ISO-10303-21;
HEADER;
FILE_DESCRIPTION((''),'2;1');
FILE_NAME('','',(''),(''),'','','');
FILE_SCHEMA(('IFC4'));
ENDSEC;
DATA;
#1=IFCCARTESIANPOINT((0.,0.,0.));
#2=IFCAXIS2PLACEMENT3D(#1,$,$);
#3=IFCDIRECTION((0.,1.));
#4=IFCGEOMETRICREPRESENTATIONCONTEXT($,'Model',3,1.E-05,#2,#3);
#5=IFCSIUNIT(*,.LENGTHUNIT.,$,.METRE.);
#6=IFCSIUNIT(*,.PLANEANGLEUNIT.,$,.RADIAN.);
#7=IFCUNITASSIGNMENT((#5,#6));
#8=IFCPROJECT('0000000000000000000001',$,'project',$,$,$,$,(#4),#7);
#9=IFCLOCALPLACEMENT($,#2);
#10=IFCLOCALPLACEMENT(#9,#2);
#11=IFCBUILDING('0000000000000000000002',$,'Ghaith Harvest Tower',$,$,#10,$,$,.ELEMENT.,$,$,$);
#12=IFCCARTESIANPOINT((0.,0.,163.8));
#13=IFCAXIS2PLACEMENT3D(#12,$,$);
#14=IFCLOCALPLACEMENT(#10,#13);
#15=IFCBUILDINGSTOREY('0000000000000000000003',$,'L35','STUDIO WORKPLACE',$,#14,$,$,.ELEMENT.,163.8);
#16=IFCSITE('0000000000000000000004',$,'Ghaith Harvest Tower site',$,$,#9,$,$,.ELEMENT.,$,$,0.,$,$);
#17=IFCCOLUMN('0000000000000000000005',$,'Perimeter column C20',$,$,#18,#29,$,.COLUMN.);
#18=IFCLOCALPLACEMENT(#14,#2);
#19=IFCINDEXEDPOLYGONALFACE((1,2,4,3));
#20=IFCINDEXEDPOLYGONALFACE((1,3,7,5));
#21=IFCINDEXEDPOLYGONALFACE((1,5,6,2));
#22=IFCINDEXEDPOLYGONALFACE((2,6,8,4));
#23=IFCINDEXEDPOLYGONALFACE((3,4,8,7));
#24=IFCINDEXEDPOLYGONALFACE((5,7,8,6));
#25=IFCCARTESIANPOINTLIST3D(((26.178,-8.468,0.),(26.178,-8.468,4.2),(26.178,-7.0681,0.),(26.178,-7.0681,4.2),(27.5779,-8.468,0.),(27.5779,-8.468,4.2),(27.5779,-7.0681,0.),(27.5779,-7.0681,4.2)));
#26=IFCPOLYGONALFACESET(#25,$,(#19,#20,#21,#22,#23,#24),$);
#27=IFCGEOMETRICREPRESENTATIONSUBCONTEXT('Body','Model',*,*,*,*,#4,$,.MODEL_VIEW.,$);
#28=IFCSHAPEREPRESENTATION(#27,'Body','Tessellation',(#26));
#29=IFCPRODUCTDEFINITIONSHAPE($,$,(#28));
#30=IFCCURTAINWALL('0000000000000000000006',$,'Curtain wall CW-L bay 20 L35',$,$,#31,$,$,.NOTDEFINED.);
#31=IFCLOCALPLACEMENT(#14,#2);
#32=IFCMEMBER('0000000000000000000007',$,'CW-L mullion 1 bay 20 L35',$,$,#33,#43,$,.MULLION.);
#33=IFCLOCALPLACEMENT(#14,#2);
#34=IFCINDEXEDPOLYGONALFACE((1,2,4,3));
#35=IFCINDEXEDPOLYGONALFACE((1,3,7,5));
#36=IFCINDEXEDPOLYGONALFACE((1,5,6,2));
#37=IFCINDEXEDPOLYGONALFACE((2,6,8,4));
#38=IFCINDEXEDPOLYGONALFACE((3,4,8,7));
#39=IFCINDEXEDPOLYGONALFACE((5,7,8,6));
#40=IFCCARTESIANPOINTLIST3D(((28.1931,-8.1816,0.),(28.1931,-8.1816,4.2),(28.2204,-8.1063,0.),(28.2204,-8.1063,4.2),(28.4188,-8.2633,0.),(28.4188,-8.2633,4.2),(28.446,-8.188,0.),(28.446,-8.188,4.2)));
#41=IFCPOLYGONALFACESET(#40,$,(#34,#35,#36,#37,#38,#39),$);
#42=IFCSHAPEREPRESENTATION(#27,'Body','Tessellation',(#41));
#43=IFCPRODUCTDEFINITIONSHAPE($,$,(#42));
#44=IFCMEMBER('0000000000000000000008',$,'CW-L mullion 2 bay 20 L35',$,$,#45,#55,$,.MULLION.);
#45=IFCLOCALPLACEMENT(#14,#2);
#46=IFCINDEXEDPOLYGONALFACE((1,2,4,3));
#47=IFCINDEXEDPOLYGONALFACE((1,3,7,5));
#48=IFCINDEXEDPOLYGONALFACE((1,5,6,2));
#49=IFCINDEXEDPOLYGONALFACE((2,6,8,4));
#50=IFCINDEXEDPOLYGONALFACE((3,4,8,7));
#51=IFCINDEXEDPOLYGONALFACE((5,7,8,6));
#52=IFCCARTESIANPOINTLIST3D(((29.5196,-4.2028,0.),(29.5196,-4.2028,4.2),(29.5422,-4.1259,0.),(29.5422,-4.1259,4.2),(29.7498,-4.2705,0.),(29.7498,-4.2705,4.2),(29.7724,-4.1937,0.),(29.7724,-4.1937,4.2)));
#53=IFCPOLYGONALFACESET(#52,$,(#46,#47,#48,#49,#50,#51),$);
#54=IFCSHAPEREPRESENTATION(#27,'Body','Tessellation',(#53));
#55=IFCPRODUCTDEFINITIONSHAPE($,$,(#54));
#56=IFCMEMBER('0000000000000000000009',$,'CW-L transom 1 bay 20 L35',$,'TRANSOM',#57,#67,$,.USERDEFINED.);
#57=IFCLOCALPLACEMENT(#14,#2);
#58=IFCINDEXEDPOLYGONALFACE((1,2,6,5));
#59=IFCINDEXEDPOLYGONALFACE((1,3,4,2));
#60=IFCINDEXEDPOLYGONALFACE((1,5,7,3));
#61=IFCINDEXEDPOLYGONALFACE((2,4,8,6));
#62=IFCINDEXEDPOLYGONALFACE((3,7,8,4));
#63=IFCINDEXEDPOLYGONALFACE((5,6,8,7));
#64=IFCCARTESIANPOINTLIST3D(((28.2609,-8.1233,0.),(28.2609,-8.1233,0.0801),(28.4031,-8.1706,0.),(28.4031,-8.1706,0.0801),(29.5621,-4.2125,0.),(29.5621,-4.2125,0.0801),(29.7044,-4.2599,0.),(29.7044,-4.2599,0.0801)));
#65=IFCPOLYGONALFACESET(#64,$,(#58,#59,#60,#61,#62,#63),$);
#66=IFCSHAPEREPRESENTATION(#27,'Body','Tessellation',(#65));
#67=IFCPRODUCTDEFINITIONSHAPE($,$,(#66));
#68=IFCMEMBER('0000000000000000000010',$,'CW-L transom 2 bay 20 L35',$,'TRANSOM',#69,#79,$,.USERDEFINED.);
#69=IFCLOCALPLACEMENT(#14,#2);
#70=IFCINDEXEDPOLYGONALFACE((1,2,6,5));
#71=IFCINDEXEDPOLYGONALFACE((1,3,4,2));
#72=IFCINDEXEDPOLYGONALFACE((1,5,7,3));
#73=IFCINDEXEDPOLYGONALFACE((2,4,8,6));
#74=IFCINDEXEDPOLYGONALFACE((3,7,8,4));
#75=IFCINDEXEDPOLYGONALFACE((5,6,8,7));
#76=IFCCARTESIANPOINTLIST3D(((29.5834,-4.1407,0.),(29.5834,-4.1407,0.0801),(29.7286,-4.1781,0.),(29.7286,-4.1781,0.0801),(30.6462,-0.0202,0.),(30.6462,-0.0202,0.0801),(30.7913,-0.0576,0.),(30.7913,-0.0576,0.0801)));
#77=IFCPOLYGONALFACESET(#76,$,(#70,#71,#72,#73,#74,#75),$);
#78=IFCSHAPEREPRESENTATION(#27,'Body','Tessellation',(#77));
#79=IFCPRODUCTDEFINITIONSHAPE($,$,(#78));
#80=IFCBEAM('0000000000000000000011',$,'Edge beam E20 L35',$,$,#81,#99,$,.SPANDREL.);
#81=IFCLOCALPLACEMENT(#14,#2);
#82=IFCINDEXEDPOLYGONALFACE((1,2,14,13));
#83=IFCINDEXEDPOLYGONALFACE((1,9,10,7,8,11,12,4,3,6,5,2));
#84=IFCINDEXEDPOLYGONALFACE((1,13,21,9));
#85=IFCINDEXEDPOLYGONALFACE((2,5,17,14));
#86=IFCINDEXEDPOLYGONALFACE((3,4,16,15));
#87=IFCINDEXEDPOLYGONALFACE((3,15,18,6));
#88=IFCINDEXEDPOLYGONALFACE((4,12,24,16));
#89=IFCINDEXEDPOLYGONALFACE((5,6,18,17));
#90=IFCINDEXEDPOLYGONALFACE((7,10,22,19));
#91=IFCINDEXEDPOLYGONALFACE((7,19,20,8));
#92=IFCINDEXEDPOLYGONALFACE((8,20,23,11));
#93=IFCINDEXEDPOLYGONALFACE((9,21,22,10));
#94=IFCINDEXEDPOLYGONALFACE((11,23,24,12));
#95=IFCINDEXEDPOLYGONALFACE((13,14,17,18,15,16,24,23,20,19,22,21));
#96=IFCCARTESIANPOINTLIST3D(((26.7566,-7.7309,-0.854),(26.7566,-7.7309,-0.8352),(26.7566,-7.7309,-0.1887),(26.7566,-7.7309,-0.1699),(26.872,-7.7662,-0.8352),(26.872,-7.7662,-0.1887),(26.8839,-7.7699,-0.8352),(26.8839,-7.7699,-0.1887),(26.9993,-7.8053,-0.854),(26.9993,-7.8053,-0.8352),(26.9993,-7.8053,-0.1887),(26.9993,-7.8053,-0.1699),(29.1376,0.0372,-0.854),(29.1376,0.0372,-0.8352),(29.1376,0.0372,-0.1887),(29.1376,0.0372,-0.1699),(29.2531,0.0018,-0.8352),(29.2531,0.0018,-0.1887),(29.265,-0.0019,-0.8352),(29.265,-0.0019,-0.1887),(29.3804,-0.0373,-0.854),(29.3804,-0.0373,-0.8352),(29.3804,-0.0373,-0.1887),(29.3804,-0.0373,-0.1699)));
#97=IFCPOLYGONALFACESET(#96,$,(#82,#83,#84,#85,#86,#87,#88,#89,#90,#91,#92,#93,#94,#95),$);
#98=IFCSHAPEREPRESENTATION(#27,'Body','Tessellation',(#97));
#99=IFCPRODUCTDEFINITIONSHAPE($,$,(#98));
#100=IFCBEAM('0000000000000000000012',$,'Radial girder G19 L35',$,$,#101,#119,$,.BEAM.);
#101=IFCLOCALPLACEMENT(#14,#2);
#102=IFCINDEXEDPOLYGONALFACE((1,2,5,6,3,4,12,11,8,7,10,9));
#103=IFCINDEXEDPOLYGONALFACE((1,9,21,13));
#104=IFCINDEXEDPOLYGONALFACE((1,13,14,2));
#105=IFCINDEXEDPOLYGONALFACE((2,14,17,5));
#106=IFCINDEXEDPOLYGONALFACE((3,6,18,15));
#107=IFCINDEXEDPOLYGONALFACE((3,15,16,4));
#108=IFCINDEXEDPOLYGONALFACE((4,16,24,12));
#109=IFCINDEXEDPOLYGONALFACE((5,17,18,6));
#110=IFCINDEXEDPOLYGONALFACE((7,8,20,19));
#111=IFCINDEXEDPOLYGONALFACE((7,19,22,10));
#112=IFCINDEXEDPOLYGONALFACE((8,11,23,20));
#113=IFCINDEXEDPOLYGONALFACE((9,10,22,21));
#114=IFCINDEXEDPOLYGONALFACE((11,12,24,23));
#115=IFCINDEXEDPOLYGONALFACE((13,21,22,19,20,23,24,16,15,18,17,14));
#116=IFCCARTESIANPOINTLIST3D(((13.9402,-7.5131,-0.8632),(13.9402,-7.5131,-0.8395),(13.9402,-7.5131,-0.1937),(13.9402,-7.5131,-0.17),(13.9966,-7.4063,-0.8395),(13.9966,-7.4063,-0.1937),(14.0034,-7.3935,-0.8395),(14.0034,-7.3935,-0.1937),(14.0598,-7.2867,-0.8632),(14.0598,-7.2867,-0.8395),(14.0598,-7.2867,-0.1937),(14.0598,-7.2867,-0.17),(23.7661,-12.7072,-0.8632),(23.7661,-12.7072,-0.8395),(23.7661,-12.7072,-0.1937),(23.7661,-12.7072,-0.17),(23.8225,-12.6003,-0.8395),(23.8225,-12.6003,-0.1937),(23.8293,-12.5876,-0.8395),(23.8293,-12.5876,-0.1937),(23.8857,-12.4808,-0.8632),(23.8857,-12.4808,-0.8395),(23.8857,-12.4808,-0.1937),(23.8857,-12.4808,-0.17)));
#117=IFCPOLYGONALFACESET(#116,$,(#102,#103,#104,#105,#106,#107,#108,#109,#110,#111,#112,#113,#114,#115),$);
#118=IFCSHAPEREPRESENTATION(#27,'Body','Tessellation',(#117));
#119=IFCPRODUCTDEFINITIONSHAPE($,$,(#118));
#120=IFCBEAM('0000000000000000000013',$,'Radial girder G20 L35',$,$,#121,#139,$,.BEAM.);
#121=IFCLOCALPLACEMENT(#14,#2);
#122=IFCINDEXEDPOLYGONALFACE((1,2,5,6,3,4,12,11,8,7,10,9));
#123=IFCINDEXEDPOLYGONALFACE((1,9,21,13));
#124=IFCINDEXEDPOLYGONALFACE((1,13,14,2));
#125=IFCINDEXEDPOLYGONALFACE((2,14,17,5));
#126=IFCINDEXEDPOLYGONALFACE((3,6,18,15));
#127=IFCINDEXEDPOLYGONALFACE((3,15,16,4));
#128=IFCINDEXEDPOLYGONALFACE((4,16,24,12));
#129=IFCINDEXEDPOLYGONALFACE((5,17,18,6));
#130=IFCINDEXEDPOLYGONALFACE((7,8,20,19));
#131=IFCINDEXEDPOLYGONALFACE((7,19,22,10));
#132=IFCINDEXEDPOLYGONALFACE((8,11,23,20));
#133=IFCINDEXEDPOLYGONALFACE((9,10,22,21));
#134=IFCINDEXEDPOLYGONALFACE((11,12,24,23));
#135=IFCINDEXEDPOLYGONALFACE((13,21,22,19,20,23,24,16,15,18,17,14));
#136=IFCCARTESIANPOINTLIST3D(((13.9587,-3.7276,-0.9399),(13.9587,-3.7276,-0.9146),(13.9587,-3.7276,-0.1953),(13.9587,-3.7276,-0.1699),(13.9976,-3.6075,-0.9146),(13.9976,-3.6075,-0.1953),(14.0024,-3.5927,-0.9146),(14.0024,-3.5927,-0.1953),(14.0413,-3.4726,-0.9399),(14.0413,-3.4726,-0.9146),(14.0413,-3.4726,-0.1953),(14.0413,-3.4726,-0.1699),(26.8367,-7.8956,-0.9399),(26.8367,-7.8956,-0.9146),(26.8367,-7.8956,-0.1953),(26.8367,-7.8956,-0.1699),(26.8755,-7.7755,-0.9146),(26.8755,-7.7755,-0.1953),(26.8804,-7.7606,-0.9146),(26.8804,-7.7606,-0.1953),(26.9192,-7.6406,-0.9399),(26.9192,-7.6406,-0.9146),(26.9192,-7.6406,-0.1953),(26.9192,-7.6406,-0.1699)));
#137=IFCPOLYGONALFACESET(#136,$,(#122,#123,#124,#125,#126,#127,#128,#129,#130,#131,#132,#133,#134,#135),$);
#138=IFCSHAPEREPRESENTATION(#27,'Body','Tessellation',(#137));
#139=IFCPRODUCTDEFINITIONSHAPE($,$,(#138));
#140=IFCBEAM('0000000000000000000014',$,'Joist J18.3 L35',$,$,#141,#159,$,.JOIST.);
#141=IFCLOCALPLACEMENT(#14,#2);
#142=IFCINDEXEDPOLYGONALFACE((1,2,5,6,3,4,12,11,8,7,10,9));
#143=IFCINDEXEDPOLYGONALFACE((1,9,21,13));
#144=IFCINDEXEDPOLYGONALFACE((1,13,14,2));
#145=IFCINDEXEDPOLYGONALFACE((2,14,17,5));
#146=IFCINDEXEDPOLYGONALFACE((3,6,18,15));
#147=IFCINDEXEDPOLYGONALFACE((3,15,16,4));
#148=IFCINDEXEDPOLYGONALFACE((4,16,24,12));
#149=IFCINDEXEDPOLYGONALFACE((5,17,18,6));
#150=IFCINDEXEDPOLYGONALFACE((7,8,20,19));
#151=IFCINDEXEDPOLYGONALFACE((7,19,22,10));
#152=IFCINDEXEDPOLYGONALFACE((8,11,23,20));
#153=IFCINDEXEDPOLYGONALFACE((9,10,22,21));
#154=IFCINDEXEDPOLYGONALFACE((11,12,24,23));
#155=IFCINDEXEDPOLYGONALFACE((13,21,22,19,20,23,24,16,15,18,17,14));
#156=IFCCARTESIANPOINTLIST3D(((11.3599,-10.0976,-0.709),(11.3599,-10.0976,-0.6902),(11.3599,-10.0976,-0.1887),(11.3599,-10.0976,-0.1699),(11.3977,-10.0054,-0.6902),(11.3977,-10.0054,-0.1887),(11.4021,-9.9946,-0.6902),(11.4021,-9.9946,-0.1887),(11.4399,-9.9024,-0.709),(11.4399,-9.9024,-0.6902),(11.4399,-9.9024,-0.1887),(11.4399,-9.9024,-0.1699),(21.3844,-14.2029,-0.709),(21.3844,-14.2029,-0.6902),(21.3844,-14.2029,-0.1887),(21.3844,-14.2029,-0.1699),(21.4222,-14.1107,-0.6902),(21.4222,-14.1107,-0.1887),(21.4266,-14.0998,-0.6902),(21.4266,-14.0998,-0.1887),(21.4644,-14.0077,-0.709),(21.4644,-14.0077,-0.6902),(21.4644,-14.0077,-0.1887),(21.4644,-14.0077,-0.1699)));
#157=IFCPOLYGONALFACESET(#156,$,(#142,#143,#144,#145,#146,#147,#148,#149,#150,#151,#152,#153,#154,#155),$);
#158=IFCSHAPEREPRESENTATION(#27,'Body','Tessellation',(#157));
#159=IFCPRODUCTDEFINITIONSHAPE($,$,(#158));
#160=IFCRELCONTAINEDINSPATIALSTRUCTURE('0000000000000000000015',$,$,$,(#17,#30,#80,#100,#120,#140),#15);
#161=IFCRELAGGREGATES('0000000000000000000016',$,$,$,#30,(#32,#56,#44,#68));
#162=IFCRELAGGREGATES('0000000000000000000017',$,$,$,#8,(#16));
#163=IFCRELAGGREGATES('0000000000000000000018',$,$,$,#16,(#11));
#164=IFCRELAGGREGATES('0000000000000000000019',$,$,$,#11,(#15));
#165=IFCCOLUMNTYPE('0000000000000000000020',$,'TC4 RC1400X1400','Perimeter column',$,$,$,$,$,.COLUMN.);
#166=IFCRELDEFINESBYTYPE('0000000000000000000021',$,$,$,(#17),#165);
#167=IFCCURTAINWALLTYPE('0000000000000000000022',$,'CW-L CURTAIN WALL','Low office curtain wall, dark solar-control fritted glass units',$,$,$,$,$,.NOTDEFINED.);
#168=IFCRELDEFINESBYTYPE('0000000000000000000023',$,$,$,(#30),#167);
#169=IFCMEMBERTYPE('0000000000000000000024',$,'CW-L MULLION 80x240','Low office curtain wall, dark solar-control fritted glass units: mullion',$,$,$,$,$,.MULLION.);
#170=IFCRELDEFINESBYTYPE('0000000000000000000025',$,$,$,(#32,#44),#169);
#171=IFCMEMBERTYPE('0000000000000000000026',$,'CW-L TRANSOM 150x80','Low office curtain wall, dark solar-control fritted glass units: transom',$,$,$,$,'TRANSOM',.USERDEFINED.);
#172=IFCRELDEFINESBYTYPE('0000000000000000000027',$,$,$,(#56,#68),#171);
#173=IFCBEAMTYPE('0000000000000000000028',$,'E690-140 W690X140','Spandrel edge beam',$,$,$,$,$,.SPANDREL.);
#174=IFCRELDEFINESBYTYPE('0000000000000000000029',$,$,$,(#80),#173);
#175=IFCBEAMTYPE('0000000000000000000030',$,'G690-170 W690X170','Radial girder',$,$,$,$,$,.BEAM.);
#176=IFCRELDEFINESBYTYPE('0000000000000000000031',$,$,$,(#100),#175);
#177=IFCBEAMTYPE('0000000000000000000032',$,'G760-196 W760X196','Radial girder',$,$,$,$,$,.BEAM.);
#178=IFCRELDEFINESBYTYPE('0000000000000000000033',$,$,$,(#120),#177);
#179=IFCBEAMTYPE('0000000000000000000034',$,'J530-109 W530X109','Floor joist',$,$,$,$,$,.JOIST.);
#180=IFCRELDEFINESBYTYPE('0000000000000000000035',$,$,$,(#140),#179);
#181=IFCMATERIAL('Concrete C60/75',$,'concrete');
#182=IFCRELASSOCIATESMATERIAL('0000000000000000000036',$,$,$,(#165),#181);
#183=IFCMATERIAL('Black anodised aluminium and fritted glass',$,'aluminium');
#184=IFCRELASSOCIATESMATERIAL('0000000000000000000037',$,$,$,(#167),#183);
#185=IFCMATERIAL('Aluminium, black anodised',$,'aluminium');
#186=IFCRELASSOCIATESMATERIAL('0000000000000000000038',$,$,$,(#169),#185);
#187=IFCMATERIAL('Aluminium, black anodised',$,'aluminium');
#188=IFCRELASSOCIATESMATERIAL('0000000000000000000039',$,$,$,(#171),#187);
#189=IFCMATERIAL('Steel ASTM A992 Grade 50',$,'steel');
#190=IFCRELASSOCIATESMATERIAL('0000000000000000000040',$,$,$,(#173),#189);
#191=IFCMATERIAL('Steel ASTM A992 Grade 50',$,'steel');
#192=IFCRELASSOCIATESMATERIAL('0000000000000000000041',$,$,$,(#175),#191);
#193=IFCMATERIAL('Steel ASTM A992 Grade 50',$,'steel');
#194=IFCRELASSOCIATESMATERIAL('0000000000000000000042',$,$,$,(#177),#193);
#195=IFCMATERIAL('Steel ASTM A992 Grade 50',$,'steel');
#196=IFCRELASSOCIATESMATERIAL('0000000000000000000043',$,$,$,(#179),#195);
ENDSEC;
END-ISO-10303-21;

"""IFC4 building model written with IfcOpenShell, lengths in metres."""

from ifc_helpers import new_model, si_unit, direction, frame, origin, origin_2d, place, context, subcontext, project, spatial, rectangle, i_section, extrude, material, material_profile, profile_set, type_object, element, aggregate, save


model = new_model("IFC4")

# Units and contexts
model_context = context("Model", 3, precision=1e-05, world=origin(), true_north=direction((0.0, 1.0)))
body_context = subcontext(model_context, "Body", "Model", "MODEL_VIEW")
ifc_project = project(units=[si_unit("LENGTHUNIT", "METRE"), si_unit("PLANEANGLEUNIT", "RADIAN")], contexts=[model_context])

# Site, building, storey
site_placement = place(None, origin())
site = spatial("IfcSite", under=ifc_project, at=site_placement, Name="Ghaith Harvest Tower site", CompositionType="ELEMENT", RefElevation=0.0)
building_placement = place(site_placement, origin())
building = spatial("IfcBuilding", under=site, at=building_placement, Name="Ghaith Harvest Tower", CompositionType="ELEMENT")
storey_placement = place(building_placement, frame((0.0, 0.0, 163.8)))
storey = spatial("IfcBuildingStorey", under=building, at=storey_placement, Name="L35", Description="STUDIO WORKPLACE", CompositionType="ELEMENT", Elevation=163.8)

# Column
ifc_material_1 = material(Name="Concrete C60/75", Category="concrete")
ifc_material_profile_1 = material_profile(ifc_material_1, rectangle(XDim=1.3999, YDim=1.3999, at=origin_2d()), Name="RC1400X1400")
ifc_profile_set_1 = profile_set([ifc_material_profile_1], Name="Concrete C60/75")
column_type = type_object("IfcColumnType", Name="TC4 RC1400X1400", Description="Perimeter column", PredefinedType="COLUMN", material=ifc_profile_set_1)
column_placement = place(storey_placement, frame((26.8779, -7.7681, 0.0), z_axis=(0.0, 0.0, 1.0), x_axis=(1.0, 0.0, 0.0)))
element("IfcColumn", 1, at=column_placement, inside=storey, type_object=column_type, Name="Perimeter column C20", PredefinedType="COLUMN", context=body_context, shape_type="SweptSolid", body=[
    extrude(rectangle(XDim=1.3999, YDim=1.3999, at=origin_2d()), origin(), (0.0, 0.0, 1.0), 4.2),
])

# Curtain wall, members
ifc_material_2 = material(Name="Black anodised aluminium and fritted glass", Category="aluminium")
curtain_wall_type = type_object("IfcCurtainWallType", Name="CW-L CURTAIN WALL", Description="Low office curtain wall, dark solar-control fritted glass units", PredefinedType="NOTDEFINED", material=ifc_material_2)
curtain_wall_1_placement = place(storey_placement, origin())
curtain_wall_1 = element("IfcCurtainWall", 2, at=curtain_wall_1_placement, inside=storey, type_object=curtain_wall_type, Name="Curtain wall CW-L bay 20 L35", PredefinedType="NOTDEFINED")
ifc_material_3 = material(Name="Aluminium, black anodised", Category="aluminium")
ifc_material_profile_2 = material_profile(ifc_material_3, rectangle(XDim=0.0801, YDim=0.24, at=origin_2d()), Name="CW-L MULLION 80x240")
ifc_profile_set_2 = profile_set([ifc_material_profile_2], Name="Aluminium, black anodised")
member_type_1 = type_object("IfcMemberType", Name="CW-L MULLION 80x240", Description="Low office curtain wall, dark solar-control fritted glass units: mullion", PredefinedType="MULLION", material=ifc_profile_set_2)
member_1_placement = place(storey_placement, frame((28.3196, -8.1848, 0.0), z_axis=(0.0, 0.0, 1.0), x_axis=(0.340574, 0.940218, 0.0)))
member_1 = element("IfcMember", 3, at=member_1_placement, type_object=member_type_1, Name="CW-L mullion 1 bay 20 L35", PredefinedType="MULLION", context=body_context, shape_type="SweptSolid", body=[
    extrude(rectangle(XDim=0.0801, YDim=0.24, at=origin_2d()), origin(), (0.0, 0.0, 1.0), 4.2),
])
member_2_placement = place(storey_placement, frame((29.646, -4.1982, 0.0), z_axis=(0.0, 0.0, 1.0), x_axis=(0.282375, 0.959304, 0.0)))
member_2 = element("IfcMember", 4, at=member_2_placement, type_object=member_type_1, Name="CW-L mullion 2 bay 20 L35", PredefinedType="MULLION", context=body_context, shape_type="SweptSolid", body=[
    extrude(rectangle(XDim=0.0801, YDim=0.24, at=origin_2d()), origin(), (0.0, 0.0, 1.0), 4.2),
])
ifc_material_4 = material(Name="Aluminium, black anodised", Category="aluminium")
ifc_material_profile_3 = material_profile(ifc_material_4, rectangle(XDim=0.1499, YDim=0.0801, at=origin_2d()), Name="CW-L TRANSOM 150x80")
ifc_profile_set_3 = profile_set([ifc_material_profile_3], Name="Aluminium, black anodised")
member_type_2 = type_object("IfcMemberType", Name="CW-L TRANSOM 150x80", Description="Low office curtain wall, dark solar-control fritted glass units: transom", ElementType="TRANSOM", PredefinedType="USERDEFINED", material=ifc_profile_set_3)
member_3_placement = place(storey_placement, frame((28.332, -8.147, 0.04), z_axis=(0.315712, 0.948855, 0.0), x_axis=(-0.948855, 0.315712, 0.0)))
member_3 = element("IfcMember", 5, at=member_3_placement, type_object=member_type_2, Name="CW-L transom 1 bay 20 L35", ObjectType="TRANSOM", PredefinedType="USERDEFINED", context=body_context, shape_type="SweptSolid", body=[
    extrude(rectangle(XDim=0.1499, YDim=0.0801, at=origin_2d()), origin(), (0.0, 0.0, 1.0), 4.1216),
])
member_4_placement = place(storey_placement, frame((29.656, -4.1594, 0.04), z_axis=(0.249737, 0.968314, 0.0), x_axis=(-0.968314, 0.249737, 0.0)))
member_4 = element("IfcMember", 6, at=member_4_placement, type_object=member_type_2, Name="CW-L transom 2 bay 20 L35", ObjectType="TRANSOM", PredefinedType="USERDEFINED", context=body_context, shape_type="SweptSolid", body=[
    extrude(rectangle(XDim=0.1499, YDim=0.0801, at=origin_2d()), origin(), (0.0, 0.0, 1.0), 4.2554),
])

# Beams
ifc_material_5 = material(Name="Steel ASTM A992 Grade 50", Category="steel")
ifc_material_profile_4 = material_profile(ifc_material_5, i_section(OverallWidth=0.2539, OverallDepth=0.6841, WebThickness=0.0125, FlangeThickness=0.0188, at=origin_2d()), Name="W690X140")
ifc_profile_set_4 = profile_set([ifc_material_profile_4], Name="Steel ASTM A992 Grade 50")
beam_type_1 = type_object("IfcBeamType", Name="E690-140 W690X140", Description="Spandrel edge beam", PredefinedType="SPANDREL", material=ifc_profile_set_4)
beam_1_placement = place(storey_placement, frame((26.8779, -7.7681, -0.512), z_axis=(0.293066, 0.956092, 0.0), x_axis=(-0.956092, 0.293066, 0.0)))
element("IfcBeam", 7, at=beam_1_placement, inside=storey, type_object=beam_type_1, Name="Edge beam E20 L35", PredefinedType="SPANDREL", context=body_context, shape_type="SweptSolid", body=[
    extrude(i_section(OverallWidth=0.2539, OverallDepth=0.6841, WebThickness=0.0125, FlangeThickness=0.0188, at=origin_2d()), origin(), (0.0, 0.0, 1.0), 8.1248),
])
ifc_material_6 = material(Name="Steel ASTM A992 Grade 50", Category="steel")
ifc_material_profile_5 = material_profile(ifc_material_6, i_section(OverallWidth=0.2561, OverallDepth=0.6931, WebThickness=0.0144, FlangeThickness=0.0237, at=origin_2d()), Name="W690X170")
ifc_profile_set_5 = profile_set([ifc_material_profile_5], Name="Steel ASTM A992 Grade 50")
beam_type_2 = type_object("IfcBeamType", Name="G690-170 W690X170", Description="Radial girder", PredefinedType="BEAM", material=ifc_profile_set_5)
beam_2_placement = place(storey_placement, frame((14.0, -7.3999, -0.5166), z_axis=(0.884081, -0.467335, 0.0), x_axis=(0.467335, 0.884081, 0.0)))
element("IfcBeam", 8, at=beam_2_placement, inside=storey, type_object=beam_type_2, Name="Radial girder G19 L35", PredefinedType="BEAM", context=body_context, shape_type="SweptSolid", body=[
    extrude(i_section(OverallWidth=0.2561, OverallDepth=0.6931, WebThickness=0.0144, FlangeThickness=0.0237, at=origin_2d()), origin(), (0.0, 0.0, 1.0), 11.1143),
])
ifc_material_7 = material(Name="Steel ASTM A992 Grade 50", Category="steel")
ifc_material_profile_6 = material_profile(ifc_material_7, i_section(OverallWidth=0.2681, OverallDepth=0.77, WebThickness=0.0156, FlangeThickness=0.0254, at=origin_2d()), Name="W760X196")
ifc_profile_set_6 = profile_set([ifc_material_profile_6], Name="Steel ASTM A992 Grade 50")
beam_type_3 = type_object("IfcBeamType", Name="G760-196 W760X196", Description="Radial girder", PredefinedType="BEAM", material=ifc_profile_set_6)
beam_3_placement = place(storey_placement, frame((14.0, -3.6001, -0.5549), z_axis=(0.95141, -0.307926, 0.0), x_axis=(0.307926, 0.95141, 0.0)))
element("IfcBeam", 9, at=beam_3_placement, inside=storey, type_object=beam_type_3, Name="Radial girder G20 L35", PredefinedType="BEAM", context=body_context, shape_type="SweptSolid", body=[
    extrude(i_section(OverallWidth=0.2681, OverallDepth=0.77, WebThickness=0.0156, FlangeThickness=0.0254, at=origin_2d()), origin(), (0.0, 0.0, 1.0), 13.5356),
])
ifc_material_8 = material(Name="Steel ASTM A992 Grade 50", Category="steel")
ifc_material_profile_7 = material_profile(ifc_material_8, i_section(OverallWidth=0.2109, OverallDepth=0.5391, WebThickness=0.0117, FlangeThickness=0.0188, at=origin_2d()), Name="W530X109")
ifc_profile_set_7 = profile_set([ifc_material_profile_7], Name="Steel ASTM A992 Grade 50")
beam_type_4 = type_object("IfcBeamType", Name="J530-109 W530X109", Description="Floor joist", PredefinedType="JOIST", material=ifc_profile_set_7)
beam_4_placement = place(storey_placement, frame((11.3999, -10.0, -0.4395), z_axis=(0.925407, -0.378975, 0.0), x_axis=(0.378975, 0.925407, 0.0)))
element("IfcBeam", 10, at=beam_4_placement, inside=storey, type_object=beam_type_4, Name="Joist J18.3 L35", PredefinedType="JOIST", context=body_context, shape_type="SweptSolid", body=[
    extrude(i_section(OverallWidth=0.2109, OverallDepth=0.5391, WebThickness=0.0117, FlangeThickness=0.0188, at=origin_2d()), origin(), (0.0, 0.0, 1.0), 10.8325),
])

aggregate(curtain_wall_1, [member_1, member_3, member_2, member_4])

save(model, "model.ifc")
